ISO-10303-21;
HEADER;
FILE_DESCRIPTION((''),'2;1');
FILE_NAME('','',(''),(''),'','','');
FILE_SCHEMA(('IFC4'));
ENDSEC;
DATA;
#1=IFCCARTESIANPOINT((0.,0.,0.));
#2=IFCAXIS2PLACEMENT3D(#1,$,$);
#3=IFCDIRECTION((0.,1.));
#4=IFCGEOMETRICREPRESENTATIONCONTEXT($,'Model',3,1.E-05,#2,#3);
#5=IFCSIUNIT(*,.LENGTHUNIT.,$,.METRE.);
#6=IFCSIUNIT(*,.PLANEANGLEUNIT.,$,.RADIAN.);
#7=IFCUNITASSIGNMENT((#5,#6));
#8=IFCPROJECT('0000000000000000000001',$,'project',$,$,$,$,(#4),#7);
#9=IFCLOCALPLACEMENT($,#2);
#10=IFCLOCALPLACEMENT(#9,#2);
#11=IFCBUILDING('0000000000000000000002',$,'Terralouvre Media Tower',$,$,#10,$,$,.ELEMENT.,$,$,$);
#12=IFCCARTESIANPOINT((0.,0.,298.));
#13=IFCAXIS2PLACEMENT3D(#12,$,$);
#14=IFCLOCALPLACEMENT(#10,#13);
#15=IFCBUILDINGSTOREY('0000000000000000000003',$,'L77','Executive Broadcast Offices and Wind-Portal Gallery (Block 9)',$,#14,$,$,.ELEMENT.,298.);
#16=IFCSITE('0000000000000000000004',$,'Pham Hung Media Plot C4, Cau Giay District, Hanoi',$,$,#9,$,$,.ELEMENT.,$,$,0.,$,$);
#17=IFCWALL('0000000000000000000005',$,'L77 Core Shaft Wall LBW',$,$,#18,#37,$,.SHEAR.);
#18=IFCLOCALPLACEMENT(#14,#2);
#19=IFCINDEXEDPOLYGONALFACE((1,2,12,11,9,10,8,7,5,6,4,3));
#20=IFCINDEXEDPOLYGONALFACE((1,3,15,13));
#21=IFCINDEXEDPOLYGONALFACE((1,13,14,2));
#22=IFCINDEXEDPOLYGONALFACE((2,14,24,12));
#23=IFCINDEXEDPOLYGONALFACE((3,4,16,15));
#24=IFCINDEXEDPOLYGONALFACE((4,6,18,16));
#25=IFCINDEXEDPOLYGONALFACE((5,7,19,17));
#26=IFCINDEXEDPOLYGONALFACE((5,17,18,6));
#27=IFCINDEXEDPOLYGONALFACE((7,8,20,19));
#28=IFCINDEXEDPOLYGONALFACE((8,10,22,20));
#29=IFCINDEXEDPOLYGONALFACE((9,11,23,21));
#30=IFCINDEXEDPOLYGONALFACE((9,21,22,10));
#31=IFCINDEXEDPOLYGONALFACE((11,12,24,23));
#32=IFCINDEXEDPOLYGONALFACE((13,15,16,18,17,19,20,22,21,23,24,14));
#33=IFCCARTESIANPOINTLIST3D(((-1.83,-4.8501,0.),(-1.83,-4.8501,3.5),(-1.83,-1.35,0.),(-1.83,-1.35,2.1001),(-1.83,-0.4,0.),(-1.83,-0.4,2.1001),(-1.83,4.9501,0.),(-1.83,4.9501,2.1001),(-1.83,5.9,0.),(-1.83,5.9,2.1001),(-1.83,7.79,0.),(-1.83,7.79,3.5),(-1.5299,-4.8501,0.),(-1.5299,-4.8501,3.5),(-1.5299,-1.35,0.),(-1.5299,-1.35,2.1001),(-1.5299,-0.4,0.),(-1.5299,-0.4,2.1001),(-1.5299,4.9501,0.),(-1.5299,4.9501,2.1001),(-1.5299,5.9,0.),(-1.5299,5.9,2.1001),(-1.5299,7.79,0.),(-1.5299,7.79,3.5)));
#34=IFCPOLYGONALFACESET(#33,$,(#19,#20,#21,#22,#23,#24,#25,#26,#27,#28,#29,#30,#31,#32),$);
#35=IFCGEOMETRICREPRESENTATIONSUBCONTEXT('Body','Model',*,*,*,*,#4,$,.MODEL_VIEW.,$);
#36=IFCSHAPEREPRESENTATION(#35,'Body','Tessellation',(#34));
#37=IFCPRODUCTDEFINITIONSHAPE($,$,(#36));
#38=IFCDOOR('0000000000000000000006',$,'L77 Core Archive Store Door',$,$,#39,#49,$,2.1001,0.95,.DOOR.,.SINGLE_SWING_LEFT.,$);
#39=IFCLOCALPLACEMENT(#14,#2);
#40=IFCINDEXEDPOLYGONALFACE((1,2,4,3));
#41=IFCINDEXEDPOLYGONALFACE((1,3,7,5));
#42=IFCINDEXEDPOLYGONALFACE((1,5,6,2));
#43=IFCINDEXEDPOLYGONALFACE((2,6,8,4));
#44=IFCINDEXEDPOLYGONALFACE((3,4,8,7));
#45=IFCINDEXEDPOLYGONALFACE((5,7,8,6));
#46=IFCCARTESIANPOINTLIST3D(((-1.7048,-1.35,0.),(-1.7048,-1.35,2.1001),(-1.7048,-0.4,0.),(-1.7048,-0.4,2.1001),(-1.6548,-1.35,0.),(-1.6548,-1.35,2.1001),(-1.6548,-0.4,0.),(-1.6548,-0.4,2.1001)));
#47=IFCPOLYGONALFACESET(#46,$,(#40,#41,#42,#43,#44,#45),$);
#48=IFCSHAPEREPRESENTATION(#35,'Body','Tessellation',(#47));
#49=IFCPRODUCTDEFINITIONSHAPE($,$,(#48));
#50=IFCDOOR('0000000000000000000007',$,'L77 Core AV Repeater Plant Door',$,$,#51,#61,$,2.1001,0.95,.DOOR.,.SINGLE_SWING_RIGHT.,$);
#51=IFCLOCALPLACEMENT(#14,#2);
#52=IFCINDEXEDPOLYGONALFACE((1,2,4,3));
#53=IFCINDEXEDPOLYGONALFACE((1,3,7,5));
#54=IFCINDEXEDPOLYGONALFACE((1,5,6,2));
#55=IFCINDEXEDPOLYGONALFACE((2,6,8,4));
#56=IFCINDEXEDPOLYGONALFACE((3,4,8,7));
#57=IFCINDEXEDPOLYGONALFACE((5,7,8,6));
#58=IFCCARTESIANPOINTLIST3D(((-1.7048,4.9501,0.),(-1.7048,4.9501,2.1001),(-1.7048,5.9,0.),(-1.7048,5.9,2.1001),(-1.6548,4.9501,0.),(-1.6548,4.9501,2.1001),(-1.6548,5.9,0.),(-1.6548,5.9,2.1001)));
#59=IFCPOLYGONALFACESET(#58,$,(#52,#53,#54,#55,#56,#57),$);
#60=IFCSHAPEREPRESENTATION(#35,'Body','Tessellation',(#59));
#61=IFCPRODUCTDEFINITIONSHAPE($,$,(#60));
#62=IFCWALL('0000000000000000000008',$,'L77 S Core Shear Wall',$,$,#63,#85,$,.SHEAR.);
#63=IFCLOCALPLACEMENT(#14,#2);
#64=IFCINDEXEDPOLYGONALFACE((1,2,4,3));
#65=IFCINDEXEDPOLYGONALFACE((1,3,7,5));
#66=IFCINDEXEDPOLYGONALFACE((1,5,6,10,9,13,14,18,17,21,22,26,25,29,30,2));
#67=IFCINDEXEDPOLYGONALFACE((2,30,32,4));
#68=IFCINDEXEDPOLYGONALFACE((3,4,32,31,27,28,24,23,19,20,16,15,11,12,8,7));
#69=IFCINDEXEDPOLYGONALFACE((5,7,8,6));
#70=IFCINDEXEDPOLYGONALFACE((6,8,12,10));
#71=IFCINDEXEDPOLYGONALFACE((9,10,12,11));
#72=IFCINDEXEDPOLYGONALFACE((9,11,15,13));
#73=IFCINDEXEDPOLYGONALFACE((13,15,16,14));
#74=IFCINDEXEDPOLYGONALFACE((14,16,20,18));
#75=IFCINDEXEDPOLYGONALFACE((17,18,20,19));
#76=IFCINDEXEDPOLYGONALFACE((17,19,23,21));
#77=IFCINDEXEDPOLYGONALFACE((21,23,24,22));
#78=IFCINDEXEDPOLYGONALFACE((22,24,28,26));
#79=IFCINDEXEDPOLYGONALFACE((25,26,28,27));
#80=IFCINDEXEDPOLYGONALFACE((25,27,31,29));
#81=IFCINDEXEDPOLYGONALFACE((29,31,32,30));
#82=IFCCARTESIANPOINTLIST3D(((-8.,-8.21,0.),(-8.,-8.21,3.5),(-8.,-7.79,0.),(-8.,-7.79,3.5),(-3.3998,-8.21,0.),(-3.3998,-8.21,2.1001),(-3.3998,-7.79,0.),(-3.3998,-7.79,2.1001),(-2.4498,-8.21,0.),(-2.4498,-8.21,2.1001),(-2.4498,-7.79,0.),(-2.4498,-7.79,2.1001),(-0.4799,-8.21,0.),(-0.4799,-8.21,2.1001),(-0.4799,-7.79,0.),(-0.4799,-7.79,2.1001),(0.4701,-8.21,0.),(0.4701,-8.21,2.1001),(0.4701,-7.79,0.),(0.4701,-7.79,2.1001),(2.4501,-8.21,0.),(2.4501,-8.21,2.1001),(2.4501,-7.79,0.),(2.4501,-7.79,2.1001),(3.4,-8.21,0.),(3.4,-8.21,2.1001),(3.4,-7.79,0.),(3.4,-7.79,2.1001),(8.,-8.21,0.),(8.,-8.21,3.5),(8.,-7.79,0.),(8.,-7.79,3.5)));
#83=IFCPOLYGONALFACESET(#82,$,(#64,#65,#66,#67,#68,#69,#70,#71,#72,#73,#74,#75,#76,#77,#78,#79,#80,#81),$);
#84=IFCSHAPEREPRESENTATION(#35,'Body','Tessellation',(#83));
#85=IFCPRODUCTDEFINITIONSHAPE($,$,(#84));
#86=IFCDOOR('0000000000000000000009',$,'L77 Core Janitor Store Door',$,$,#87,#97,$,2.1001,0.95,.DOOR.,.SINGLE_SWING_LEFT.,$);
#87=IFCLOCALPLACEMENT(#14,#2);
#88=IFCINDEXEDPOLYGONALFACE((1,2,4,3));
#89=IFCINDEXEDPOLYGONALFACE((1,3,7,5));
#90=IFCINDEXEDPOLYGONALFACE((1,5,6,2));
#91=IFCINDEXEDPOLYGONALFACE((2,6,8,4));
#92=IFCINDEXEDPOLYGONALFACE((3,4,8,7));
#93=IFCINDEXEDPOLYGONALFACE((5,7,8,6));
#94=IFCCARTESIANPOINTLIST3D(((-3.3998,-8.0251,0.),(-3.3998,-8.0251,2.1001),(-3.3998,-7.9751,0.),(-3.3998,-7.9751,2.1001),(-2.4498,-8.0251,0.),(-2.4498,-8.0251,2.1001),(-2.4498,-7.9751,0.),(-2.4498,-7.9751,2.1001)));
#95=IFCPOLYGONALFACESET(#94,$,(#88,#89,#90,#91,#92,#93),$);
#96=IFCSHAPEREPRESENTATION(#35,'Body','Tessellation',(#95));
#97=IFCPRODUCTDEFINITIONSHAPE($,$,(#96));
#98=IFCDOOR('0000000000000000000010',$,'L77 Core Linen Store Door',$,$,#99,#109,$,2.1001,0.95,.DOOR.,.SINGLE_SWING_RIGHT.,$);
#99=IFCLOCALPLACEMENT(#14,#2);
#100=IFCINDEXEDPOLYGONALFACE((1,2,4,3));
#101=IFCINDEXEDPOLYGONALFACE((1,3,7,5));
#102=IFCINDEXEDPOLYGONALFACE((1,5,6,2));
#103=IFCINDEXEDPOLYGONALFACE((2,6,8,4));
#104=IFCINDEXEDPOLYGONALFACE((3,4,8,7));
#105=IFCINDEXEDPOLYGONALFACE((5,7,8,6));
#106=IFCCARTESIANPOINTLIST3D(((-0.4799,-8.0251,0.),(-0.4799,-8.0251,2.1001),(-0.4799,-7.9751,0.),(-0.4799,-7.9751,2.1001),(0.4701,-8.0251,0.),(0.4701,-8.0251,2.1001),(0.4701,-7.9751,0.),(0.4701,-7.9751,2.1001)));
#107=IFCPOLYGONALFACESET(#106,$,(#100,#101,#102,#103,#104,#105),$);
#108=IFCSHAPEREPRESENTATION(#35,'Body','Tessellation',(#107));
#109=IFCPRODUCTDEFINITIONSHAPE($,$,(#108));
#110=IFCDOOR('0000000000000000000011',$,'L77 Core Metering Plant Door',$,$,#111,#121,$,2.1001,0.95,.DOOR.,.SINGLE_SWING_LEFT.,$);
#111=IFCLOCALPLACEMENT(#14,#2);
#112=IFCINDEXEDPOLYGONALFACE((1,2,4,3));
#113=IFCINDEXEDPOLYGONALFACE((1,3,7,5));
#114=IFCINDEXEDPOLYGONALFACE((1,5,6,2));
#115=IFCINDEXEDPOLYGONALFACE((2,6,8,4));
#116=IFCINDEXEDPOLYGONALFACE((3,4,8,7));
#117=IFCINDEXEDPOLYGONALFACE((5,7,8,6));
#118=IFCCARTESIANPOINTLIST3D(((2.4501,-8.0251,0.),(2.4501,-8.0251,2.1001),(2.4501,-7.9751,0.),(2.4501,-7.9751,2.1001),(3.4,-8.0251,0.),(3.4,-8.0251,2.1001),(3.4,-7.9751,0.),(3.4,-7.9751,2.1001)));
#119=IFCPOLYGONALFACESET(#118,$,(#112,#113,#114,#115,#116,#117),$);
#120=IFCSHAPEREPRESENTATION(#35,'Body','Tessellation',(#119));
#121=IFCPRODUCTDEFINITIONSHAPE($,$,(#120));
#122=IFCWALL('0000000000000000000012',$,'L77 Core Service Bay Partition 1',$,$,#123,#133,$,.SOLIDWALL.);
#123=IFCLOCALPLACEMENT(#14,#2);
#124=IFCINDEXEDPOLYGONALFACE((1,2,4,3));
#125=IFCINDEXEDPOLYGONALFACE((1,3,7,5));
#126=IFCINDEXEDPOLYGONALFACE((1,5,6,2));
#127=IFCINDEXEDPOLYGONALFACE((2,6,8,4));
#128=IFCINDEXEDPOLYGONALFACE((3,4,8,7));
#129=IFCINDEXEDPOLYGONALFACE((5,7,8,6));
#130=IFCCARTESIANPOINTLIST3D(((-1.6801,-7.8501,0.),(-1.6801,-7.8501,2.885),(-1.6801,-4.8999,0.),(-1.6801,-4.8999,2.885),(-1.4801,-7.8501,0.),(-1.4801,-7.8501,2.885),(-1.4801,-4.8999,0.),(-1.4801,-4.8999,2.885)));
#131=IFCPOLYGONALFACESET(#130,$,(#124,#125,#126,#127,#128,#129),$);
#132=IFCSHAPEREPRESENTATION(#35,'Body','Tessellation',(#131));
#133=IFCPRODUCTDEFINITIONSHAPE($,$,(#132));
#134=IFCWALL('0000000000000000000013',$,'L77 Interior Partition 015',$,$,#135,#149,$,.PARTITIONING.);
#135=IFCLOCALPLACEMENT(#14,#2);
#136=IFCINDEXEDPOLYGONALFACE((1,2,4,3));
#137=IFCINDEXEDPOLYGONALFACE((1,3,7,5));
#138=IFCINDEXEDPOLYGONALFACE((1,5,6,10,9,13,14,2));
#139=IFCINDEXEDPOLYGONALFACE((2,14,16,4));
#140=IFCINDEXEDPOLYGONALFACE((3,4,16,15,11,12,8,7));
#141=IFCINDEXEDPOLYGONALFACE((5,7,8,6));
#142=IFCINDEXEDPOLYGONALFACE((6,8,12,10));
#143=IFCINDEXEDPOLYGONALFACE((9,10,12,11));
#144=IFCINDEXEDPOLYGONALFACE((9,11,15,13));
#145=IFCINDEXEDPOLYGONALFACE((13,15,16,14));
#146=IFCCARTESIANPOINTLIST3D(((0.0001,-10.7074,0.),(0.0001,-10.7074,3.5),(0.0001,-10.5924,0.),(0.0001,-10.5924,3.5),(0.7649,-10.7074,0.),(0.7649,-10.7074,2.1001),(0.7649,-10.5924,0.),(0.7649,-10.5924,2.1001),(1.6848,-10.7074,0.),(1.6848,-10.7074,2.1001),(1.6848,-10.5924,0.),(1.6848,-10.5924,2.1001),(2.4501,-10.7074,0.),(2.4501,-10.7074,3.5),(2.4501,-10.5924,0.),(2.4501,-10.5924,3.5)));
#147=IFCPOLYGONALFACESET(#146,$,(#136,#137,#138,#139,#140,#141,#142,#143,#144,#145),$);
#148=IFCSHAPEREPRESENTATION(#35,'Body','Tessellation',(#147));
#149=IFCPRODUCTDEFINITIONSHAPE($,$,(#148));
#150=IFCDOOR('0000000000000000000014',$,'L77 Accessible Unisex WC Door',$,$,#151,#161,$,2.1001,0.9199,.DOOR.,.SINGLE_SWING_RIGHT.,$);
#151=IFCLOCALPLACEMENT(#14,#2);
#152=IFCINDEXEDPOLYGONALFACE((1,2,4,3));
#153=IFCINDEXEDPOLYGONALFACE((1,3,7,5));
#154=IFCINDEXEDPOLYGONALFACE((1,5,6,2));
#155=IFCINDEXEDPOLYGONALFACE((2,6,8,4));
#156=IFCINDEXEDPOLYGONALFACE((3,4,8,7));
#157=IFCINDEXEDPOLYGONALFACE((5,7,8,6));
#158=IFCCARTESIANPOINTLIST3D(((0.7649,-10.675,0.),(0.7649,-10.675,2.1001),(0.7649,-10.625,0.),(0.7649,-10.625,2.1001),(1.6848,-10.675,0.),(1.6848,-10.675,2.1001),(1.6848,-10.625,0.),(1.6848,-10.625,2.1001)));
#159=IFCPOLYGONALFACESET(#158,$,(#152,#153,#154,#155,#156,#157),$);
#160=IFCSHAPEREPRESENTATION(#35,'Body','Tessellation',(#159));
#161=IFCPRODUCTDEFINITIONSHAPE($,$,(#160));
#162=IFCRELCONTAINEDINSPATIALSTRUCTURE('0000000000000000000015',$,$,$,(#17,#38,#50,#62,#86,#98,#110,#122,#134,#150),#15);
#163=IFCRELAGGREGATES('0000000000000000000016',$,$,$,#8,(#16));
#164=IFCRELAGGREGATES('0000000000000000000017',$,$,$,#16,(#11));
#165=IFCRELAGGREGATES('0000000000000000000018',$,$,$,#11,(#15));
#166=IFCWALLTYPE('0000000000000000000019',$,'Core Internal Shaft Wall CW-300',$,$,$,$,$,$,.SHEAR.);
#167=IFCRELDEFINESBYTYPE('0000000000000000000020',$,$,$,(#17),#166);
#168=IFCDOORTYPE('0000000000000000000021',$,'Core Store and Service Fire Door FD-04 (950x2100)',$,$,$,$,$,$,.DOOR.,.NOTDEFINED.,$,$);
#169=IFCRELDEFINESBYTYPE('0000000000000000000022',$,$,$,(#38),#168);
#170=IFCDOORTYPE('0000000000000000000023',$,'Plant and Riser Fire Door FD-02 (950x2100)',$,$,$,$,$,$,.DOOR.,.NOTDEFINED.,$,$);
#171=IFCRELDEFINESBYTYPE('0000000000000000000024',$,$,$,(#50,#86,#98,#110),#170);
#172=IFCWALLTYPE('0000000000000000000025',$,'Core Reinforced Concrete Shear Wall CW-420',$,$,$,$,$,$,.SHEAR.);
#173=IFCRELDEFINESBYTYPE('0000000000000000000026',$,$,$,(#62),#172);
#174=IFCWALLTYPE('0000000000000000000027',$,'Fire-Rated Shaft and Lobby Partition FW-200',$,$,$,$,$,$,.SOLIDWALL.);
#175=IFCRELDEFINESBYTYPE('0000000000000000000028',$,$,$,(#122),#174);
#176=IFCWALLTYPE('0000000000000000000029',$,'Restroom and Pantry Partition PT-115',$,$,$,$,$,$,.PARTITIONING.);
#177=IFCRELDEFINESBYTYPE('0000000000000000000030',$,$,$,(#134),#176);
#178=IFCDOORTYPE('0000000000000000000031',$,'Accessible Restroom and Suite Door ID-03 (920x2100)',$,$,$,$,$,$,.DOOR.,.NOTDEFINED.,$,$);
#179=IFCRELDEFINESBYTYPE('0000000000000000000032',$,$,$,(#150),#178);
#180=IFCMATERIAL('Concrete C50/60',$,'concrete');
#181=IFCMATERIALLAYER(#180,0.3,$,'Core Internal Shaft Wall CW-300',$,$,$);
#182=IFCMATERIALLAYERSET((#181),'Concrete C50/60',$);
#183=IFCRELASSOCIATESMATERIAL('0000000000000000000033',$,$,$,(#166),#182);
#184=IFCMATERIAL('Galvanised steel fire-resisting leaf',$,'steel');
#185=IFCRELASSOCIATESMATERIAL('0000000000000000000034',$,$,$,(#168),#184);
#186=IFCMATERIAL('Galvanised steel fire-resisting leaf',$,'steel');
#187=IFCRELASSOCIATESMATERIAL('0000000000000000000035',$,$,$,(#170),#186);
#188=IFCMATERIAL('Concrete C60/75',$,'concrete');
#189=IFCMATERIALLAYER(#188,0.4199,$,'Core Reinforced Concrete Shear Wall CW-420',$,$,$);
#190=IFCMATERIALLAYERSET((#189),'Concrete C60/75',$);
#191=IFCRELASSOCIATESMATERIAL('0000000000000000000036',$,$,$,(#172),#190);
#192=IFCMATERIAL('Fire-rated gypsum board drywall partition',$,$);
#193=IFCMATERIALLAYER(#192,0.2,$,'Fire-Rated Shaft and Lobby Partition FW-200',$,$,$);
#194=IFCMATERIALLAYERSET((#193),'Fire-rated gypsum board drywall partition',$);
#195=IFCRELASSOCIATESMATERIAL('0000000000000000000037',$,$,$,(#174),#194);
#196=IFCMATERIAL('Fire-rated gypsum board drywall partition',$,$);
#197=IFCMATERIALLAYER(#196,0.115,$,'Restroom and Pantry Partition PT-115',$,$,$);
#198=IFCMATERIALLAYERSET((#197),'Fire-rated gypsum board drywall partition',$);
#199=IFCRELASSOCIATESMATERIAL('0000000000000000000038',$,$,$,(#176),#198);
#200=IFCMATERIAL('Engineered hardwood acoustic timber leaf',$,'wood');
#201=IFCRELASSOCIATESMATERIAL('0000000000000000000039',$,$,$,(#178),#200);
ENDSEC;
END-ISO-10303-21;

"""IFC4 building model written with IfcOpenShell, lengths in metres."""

from ifc_helpers import new_model, si_unit, direction, frame, frame_2d, origin, place, context, subcontext, project, spatial, rectangle, extrude, material, layer, layer_set, type_object, element, fill, save


model = new_model("IFC4")

# Units and contexts
model_context = context("Model", 3, precision=1e-05, world=origin(), true_north=direction((0.0, 1.0)))
body_context = subcontext(model_context, "Body", "Model", "MODEL_VIEW")
ifc_project = project(units=[si_unit("LENGTHUNIT", "METRE"), si_unit("PLANEANGLEUNIT", "RADIAN")], contexts=[model_context])

# Site, building, storey
site_placement = place(None, origin())
site = spatial("IfcSite", under=ifc_project, at=site_placement, Name="Pham Hung Media Plot C4, Cau Giay District, Hanoi", CompositionType="ELEMENT", RefElevation=0.0)
building_placement = place(site_placement, origin())
building = spatial("IfcBuilding", under=site, at=building_placement, Name="Terralouvre Media Tower", CompositionType="ELEMENT")
storey_placement = place(building_placement, frame((0.0, 0.0, 298.0)))
storey = spatial("IfcBuildingStorey", under=building, at=storey_placement, Name="L77", Description="Executive Broadcast Offices and Wind-Portal Gallery (Block 9)", CompositionType="ELEMENT", Elevation=298.0)

# Shared definitions
ifc_material_1 = material(Name="Concrete C50/60", Category="concrete")
ifc_layer_1 = layer(ifc_material_1, 0.3, Name="Core Internal Shaft Wall CW-300")
ifc_layer_set_1 = layer_set([ifc_layer_1], Name="Concrete C50/60")
wall_type_1 = type_object("IfcWallType", Name="Core Internal Shaft Wall CW-300", PredefinedType="SHEAR", material=ifc_layer_set_1)

# Walls, openings, doors
wall_1_placement = place(storey_placement, frame((-1.6799, -4.8501, 0.0), z_axis=(0.0, 0.0, 1.0), x_axis=(0.0, 1.0, 0.0)))
wall_1 = element("IfcWall", 1, at=wall_1_placement, inside=storey, type_object=wall_type_1, Name="L77 Core Shaft Wall LBW", PredefinedType="SHEAR", context=body_context, shape_type="SweptSolid", body=[
    extrude(rectangle(XDim=12.6401, YDim=0.3, at=frame_2d((6.3201, 0.0))), origin(), (0.0, 0.0, 1.0), 3.5),
])
opening_1_placement = place(wall_1_placement, frame((3.5, 0.0, 0.0)))
opening_1 = element("IfcOpeningElement", 2, at=opening_1_placement, cuts=wall_1, PredefinedType="OPENING", context=body_context, shape_type="SweptSolid", body=[
    extrude(rectangle(XDim=0.95, YDim=2.1001, at=frame_2d((0.4751, 1.05))), frame((0.0, 0.1599, 0.0), z_axis=(0.0, -1.0, 0.0), x_axis=(1.0, 0.0, 0.0)), (0.0, 0.0, 1.0), 0.3201),
])
opening_2_placement = place(wall_1_placement, frame((9.8, 0.0, 0.0)))
opening_2 = element("IfcOpeningElement", 3, at=opening_2_placement, cuts=wall_1, PredefinedType="OPENING", context=body_context, shape_type="SweptSolid", body=[
    extrude(rectangle(XDim=0.95, YDim=2.1001, at=frame_2d((0.4751, 1.05))), frame((0.0, 0.1599, 0.0), z_axis=(0.0, -1.0, 0.0), x_axis=(1.0, 0.0, 0.0)), (0.0, 0.0, 1.0), 0.3201),
])
ifc_material_2 = material(Name="Galvanised steel fire-resisting leaf", Category="steel")
door_type_1 = type_object("IfcDoorType", Name="Core Store and Service Fire Door FD-04 (950x2100)", OperationType="NOTDEFINED", PredefinedType="DOOR", material=ifc_material_2)
door_1_placement = place(opening_1_placement, origin())
door_1 = element("IfcDoor", 4, at=door_1_placement, inside=storey, type_object=door_type_1, Name="L77 Core Archive Store Door", OperationType="SINGLE_SWING_LEFT", OverallHeight=2.1001, OverallWidth=0.95, PredefinedType="DOOR", context=body_context, shape_type="SweptSolid", body=[
    extrude(rectangle(XDim=0.95, YDim=2.1001, at=frame_2d((0.4751, 1.05))), frame((0.0, 0.0249, 0.0), z_axis=(0.0, -1.0, 0.0), x_axis=(1.0, 0.0, 0.0)), (0.0, 0.0, 1.0), 0.05),
])
fill(opening_1, door_1)
ifc_material_3 = material(Name="Galvanised steel fire-resisting leaf", Category="steel")
door_type_2 = type_object("IfcDoorType", Name="Plant and Riser Fire Door FD-02 (950x2100)", OperationType="NOTDEFINED", PredefinedType="DOOR", material=ifc_material_3)
door_2_placement = place(opening_2_placement, origin())
door_2 = element("IfcDoor", 5, at=door_2_placement, inside=storey, type_object=door_type_2, Name="L77 Core AV Repeater Plant Door", OperationType="SINGLE_SWING_RIGHT", OverallHeight=2.1001, OverallWidth=0.95, PredefinedType="DOOR", context=body_context, shape_type="SweptSolid", body=[
    extrude(rectangle(XDim=0.95, YDim=2.1001, at=frame_2d((0.4751, 1.05))), frame((0.0, 0.0249, 0.0), z_axis=(0.0, -1.0, 0.0), x_axis=(1.0, 0.0, 0.0)), (0.0, 0.0, 1.0), 0.05),
])
fill(opening_2, door_2)
ifc_material_4 = material(Name="Concrete C60/75", Category="concrete")
ifc_layer_2 = layer(ifc_material_4, 0.4199, Name="Core Reinforced Concrete Shear Wall CW-420")
ifc_layer_set_2 = layer_set([ifc_layer_2], Name="Concrete C60/75")
wall_type_2 = type_object("IfcWallType", Name="Core Reinforced Concrete Shear Wall CW-420", PredefinedType="SHEAR", material=ifc_layer_set_2)
wall_2_placement = place(storey_placement, frame((-8.0, -8.0, 0.0), z_axis=(0.0, 0.0, 1.0), x_axis=(1.0, 0.0, 0.0)))
wall_2 = element("IfcWall", 6, at=wall_2_placement, inside=storey, type_object=wall_type_2, Name="L77 S Core Shear Wall", PredefinedType="SHEAR", context=body_context, shape_type="SweptSolid", body=[
    extrude(rectangle(XDim=16.0, YDim=0.4199, at=frame_2d((8.0, 0.0))), origin(), (0.0, 0.0, 1.0), 3.5),
])
opening_3_placement = place(wall_2_placement, frame((4.6001, 0.0, 0.0)))
opening_3 = element("IfcOpeningElement", 7, at=opening_3_placement, cuts=wall_2, PredefinedType="OPENING", context=body_context, shape_type="SweptSolid", body=[
    extrude(rectangle(XDim=0.95, YDim=2.1001, at=frame_2d((0.4751, 1.05))), frame((0.0, 0.22, 0.0), z_axis=(0.0, -1.0, 0.0), x_axis=(1.0, 0.0, 0.0)), (0.0, 0.0, 1.0), 0.4399),
])
opening_4_placement = place(wall_2_placement, frame((7.52, 0.0, 0.0)))
opening_4 = element("IfcOpeningElement", 8, at=opening_4_placement, cuts=wall_2, PredefinedType="OPENING", context=body_context, shape_type="SweptSolid", body=[
    extrude(rectangle(XDim=0.95, YDim=2.1001, at=frame_2d((0.4751, 1.05))), frame((0.0, 0.22, 0.0), z_axis=(0.0, -1.0, 0.0), x_axis=(1.0, 0.0, 0.0)), (0.0, 0.0, 1.0), 0.4399),
])
opening_5_placement = place(wall_2_placement, frame((10.45, 0.0, 0.0)))
opening_5 = element("IfcOpeningElement", 9, at=opening_5_placement, cuts=wall_2, PredefinedType="OPENING", context=body_context, shape_type="SweptSolid", body=[
    extrude(rectangle(XDim=0.95, YDim=2.1001, at=frame_2d((0.4751, 1.05))), frame((0.0, 0.22, 0.0), z_axis=(0.0, -1.0, 0.0), x_axis=(1.0, 0.0, 0.0)), (0.0, 0.0, 1.0), 0.4399),
])
door_3_placement = place(opening_3_placement, origin())
door_3 = element("IfcDoor", 10, at=door_3_placement, inside=storey, type_object=door_type_2, Name="L77 Core Janitor Store Door", OperationType="SINGLE_SWING_LEFT", OverallHeight=2.1001, OverallWidth=0.95, PredefinedType="DOOR", context=body_context, shape_type="SweptSolid", body=[
    extrude(rectangle(XDim=0.95, YDim=2.1001, at=frame_2d((0.4751, 1.05))), frame((0.0, 0.0249, 0.0), z_axis=(0.0, -1.0, 0.0), x_axis=(1.0, 0.0, 0.0)), (0.0, 0.0, 1.0), 0.05),
])
fill(opening_3, door_3)
door_4_placement = place(opening_4_placement, origin())
door_4 = element("IfcDoor", 11, at=door_4_placement, inside=storey, type_object=door_type_2, Name="L77 Core Linen Store Door", OperationType="SINGLE_SWING_RIGHT", OverallHeight=2.1001, OverallWidth=0.95, PredefinedType="DOOR", context=body_context, shape_type="SweptSolid", body=[
    extrude(rectangle(XDim=0.95, YDim=2.1001, at=frame_2d((0.4751, 1.05))), frame((0.0, 0.0249, 0.0), z_axis=(0.0, -1.0, 0.0), x_axis=(1.0, 0.0, 0.0)), (0.0, 0.0, 1.0), 0.05),
])
fill(opening_4, door_4)
door_5_placement = place(opening_5_placement, origin())
door_5 = element("IfcDoor", 12, at=door_5_placement, inside=storey, type_object=door_type_2, Name="L77 Core Metering Plant Door", OperationType="SINGLE_SWING_LEFT", OverallHeight=2.1001, OverallWidth=0.95, PredefinedType="DOOR", context=body_context, shape_type="SweptSolid", body=[
    extrude(rectangle(XDim=0.95, YDim=2.1001, at=frame_2d((0.4751, 1.05))), frame((0.0, 0.0249, 0.0), z_axis=(0.0, -1.0, 0.0), x_axis=(1.0, 0.0, 0.0)), (0.0, 0.0, 1.0), 0.05),
])
fill(opening_5, door_5)

# Wall
ifc_material_5 = material(Name="Fire-rated gypsum board drywall partition")
ifc_layer_3 = layer(ifc_material_5, 0.2, Name="Fire-Rated Shaft and Lobby Partition FW-200")
ifc_layer_set_3 = layer_set([ifc_layer_3], Name="Fire-rated gypsum board drywall partition")
wall_type_3 = type_object("IfcWallType", Name="Fire-Rated Shaft and Lobby Partition FW-200", PredefinedType="SOLIDWALL", material=ifc_layer_set_3)
wall_3_placement = place(storey_placement, frame((-1.5801, -7.8501, 0.0), z_axis=(0.0, 0.0, 1.0), x_axis=(0.0, 1.0, 0.0)))
element("IfcWall", 13, at=wall_3_placement, inside=storey, type_object=wall_type_3, Name="L77 Core Service Bay Partition 1", PredefinedType="SOLIDWALL", context=body_context, shape_type="SweptSolid", body=[
    extrude(rectangle(XDim=2.9502, YDim=0.2, at=frame_2d((1.4751, 0.0))), origin(), (0.0, 0.0, 1.0), 2.885),
])

# Wall, opening, door
ifc_material_6 = material(Name="Fire-rated gypsum board drywall partition")
ifc_layer_4 = layer(ifc_material_6, 0.115, Name="Restroom and Pantry Partition PT-115")
ifc_layer_set_4 = layer_set([ifc_layer_4], Name="Fire-rated gypsum board drywall partition")
wall_type_4 = type_object("IfcWallType", Name="Restroom and Pantry Partition PT-115", PredefinedType="PARTITIONING", material=ifc_layer_set_4)
wall_4_placement = place(storey_placement, frame((0.0, -10.6499, 0.0), z_axis=(0.0, 0.0, 1.0), x_axis=(1.0, 0.0, 0.0)))
wall_4 = element("IfcWall", 14, at=wall_4_placement, inside=storey, type_object=wall_type_4, Name="L77 Interior Partition 015", PredefinedType="PARTITIONING", context=body_context, shape_type="SweptSolid", body=[
    extrude(rectangle(XDim=2.45, YDim=0.115, at=frame_2d((1.2251, 0.0))), origin(), (0.0, 0.0, 1.0), 3.5),
])
opening_6_placement = place(wall_4_placement, frame((0.7649, 0.0, 0.0)))
opening_6 = element("IfcOpeningElement", 15, at=opening_6_placement, cuts=wall_4, PredefinedType="OPENING", context=body_context, shape_type="SweptSolid", body=[
    extrude(rectangle(XDim=0.9199, YDim=2.1001, at=frame_2d((0.46, 1.05))), frame((0.0, 0.0674, 0.0), z_axis=(0.0, -1.0, 0.0), x_axis=(1.0, 0.0, 0.0)), (0.0, 0.0, 1.0), 0.135),
])
ifc_material_7 = material(Name="Engineered hardwood acoustic timber leaf", Category="wood")
door_type_3 = type_object("IfcDoorType", Name="Accessible Restroom and Suite Door ID-03 (920x2100)", OperationType="NOTDEFINED", PredefinedType="DOOR", material=ifc_material_7)
door_6_placement = place(opening_6_placement, origin())
door_6 = element("IfcDoor", 16, at=door_6_placement, inside=storey, type_object=door_type_3, Name="L77 Accessible Unisex WC Door", OperationType="SINGLE_SWING_RIGHT", OverallHeight=2.1001, OverallWidth=0.9199, PredefinedType="DOOR", context=body_context, shape_type="SweptSolid", body=[
    extrude(rectangle(XDim=0.9199, YDim=2.1001, at=frame_2d((0.46, 1.05))), frame((0.0, 0.0249, 0.0), z_axis=(0.0, -1.0, 0.0), x_axis=(1.0, 0.0, 0.0)), (0.0, 0.0, 1.0), 0.05),
])
fill(opening_6, door_6)

save(model, "model.ifc")
